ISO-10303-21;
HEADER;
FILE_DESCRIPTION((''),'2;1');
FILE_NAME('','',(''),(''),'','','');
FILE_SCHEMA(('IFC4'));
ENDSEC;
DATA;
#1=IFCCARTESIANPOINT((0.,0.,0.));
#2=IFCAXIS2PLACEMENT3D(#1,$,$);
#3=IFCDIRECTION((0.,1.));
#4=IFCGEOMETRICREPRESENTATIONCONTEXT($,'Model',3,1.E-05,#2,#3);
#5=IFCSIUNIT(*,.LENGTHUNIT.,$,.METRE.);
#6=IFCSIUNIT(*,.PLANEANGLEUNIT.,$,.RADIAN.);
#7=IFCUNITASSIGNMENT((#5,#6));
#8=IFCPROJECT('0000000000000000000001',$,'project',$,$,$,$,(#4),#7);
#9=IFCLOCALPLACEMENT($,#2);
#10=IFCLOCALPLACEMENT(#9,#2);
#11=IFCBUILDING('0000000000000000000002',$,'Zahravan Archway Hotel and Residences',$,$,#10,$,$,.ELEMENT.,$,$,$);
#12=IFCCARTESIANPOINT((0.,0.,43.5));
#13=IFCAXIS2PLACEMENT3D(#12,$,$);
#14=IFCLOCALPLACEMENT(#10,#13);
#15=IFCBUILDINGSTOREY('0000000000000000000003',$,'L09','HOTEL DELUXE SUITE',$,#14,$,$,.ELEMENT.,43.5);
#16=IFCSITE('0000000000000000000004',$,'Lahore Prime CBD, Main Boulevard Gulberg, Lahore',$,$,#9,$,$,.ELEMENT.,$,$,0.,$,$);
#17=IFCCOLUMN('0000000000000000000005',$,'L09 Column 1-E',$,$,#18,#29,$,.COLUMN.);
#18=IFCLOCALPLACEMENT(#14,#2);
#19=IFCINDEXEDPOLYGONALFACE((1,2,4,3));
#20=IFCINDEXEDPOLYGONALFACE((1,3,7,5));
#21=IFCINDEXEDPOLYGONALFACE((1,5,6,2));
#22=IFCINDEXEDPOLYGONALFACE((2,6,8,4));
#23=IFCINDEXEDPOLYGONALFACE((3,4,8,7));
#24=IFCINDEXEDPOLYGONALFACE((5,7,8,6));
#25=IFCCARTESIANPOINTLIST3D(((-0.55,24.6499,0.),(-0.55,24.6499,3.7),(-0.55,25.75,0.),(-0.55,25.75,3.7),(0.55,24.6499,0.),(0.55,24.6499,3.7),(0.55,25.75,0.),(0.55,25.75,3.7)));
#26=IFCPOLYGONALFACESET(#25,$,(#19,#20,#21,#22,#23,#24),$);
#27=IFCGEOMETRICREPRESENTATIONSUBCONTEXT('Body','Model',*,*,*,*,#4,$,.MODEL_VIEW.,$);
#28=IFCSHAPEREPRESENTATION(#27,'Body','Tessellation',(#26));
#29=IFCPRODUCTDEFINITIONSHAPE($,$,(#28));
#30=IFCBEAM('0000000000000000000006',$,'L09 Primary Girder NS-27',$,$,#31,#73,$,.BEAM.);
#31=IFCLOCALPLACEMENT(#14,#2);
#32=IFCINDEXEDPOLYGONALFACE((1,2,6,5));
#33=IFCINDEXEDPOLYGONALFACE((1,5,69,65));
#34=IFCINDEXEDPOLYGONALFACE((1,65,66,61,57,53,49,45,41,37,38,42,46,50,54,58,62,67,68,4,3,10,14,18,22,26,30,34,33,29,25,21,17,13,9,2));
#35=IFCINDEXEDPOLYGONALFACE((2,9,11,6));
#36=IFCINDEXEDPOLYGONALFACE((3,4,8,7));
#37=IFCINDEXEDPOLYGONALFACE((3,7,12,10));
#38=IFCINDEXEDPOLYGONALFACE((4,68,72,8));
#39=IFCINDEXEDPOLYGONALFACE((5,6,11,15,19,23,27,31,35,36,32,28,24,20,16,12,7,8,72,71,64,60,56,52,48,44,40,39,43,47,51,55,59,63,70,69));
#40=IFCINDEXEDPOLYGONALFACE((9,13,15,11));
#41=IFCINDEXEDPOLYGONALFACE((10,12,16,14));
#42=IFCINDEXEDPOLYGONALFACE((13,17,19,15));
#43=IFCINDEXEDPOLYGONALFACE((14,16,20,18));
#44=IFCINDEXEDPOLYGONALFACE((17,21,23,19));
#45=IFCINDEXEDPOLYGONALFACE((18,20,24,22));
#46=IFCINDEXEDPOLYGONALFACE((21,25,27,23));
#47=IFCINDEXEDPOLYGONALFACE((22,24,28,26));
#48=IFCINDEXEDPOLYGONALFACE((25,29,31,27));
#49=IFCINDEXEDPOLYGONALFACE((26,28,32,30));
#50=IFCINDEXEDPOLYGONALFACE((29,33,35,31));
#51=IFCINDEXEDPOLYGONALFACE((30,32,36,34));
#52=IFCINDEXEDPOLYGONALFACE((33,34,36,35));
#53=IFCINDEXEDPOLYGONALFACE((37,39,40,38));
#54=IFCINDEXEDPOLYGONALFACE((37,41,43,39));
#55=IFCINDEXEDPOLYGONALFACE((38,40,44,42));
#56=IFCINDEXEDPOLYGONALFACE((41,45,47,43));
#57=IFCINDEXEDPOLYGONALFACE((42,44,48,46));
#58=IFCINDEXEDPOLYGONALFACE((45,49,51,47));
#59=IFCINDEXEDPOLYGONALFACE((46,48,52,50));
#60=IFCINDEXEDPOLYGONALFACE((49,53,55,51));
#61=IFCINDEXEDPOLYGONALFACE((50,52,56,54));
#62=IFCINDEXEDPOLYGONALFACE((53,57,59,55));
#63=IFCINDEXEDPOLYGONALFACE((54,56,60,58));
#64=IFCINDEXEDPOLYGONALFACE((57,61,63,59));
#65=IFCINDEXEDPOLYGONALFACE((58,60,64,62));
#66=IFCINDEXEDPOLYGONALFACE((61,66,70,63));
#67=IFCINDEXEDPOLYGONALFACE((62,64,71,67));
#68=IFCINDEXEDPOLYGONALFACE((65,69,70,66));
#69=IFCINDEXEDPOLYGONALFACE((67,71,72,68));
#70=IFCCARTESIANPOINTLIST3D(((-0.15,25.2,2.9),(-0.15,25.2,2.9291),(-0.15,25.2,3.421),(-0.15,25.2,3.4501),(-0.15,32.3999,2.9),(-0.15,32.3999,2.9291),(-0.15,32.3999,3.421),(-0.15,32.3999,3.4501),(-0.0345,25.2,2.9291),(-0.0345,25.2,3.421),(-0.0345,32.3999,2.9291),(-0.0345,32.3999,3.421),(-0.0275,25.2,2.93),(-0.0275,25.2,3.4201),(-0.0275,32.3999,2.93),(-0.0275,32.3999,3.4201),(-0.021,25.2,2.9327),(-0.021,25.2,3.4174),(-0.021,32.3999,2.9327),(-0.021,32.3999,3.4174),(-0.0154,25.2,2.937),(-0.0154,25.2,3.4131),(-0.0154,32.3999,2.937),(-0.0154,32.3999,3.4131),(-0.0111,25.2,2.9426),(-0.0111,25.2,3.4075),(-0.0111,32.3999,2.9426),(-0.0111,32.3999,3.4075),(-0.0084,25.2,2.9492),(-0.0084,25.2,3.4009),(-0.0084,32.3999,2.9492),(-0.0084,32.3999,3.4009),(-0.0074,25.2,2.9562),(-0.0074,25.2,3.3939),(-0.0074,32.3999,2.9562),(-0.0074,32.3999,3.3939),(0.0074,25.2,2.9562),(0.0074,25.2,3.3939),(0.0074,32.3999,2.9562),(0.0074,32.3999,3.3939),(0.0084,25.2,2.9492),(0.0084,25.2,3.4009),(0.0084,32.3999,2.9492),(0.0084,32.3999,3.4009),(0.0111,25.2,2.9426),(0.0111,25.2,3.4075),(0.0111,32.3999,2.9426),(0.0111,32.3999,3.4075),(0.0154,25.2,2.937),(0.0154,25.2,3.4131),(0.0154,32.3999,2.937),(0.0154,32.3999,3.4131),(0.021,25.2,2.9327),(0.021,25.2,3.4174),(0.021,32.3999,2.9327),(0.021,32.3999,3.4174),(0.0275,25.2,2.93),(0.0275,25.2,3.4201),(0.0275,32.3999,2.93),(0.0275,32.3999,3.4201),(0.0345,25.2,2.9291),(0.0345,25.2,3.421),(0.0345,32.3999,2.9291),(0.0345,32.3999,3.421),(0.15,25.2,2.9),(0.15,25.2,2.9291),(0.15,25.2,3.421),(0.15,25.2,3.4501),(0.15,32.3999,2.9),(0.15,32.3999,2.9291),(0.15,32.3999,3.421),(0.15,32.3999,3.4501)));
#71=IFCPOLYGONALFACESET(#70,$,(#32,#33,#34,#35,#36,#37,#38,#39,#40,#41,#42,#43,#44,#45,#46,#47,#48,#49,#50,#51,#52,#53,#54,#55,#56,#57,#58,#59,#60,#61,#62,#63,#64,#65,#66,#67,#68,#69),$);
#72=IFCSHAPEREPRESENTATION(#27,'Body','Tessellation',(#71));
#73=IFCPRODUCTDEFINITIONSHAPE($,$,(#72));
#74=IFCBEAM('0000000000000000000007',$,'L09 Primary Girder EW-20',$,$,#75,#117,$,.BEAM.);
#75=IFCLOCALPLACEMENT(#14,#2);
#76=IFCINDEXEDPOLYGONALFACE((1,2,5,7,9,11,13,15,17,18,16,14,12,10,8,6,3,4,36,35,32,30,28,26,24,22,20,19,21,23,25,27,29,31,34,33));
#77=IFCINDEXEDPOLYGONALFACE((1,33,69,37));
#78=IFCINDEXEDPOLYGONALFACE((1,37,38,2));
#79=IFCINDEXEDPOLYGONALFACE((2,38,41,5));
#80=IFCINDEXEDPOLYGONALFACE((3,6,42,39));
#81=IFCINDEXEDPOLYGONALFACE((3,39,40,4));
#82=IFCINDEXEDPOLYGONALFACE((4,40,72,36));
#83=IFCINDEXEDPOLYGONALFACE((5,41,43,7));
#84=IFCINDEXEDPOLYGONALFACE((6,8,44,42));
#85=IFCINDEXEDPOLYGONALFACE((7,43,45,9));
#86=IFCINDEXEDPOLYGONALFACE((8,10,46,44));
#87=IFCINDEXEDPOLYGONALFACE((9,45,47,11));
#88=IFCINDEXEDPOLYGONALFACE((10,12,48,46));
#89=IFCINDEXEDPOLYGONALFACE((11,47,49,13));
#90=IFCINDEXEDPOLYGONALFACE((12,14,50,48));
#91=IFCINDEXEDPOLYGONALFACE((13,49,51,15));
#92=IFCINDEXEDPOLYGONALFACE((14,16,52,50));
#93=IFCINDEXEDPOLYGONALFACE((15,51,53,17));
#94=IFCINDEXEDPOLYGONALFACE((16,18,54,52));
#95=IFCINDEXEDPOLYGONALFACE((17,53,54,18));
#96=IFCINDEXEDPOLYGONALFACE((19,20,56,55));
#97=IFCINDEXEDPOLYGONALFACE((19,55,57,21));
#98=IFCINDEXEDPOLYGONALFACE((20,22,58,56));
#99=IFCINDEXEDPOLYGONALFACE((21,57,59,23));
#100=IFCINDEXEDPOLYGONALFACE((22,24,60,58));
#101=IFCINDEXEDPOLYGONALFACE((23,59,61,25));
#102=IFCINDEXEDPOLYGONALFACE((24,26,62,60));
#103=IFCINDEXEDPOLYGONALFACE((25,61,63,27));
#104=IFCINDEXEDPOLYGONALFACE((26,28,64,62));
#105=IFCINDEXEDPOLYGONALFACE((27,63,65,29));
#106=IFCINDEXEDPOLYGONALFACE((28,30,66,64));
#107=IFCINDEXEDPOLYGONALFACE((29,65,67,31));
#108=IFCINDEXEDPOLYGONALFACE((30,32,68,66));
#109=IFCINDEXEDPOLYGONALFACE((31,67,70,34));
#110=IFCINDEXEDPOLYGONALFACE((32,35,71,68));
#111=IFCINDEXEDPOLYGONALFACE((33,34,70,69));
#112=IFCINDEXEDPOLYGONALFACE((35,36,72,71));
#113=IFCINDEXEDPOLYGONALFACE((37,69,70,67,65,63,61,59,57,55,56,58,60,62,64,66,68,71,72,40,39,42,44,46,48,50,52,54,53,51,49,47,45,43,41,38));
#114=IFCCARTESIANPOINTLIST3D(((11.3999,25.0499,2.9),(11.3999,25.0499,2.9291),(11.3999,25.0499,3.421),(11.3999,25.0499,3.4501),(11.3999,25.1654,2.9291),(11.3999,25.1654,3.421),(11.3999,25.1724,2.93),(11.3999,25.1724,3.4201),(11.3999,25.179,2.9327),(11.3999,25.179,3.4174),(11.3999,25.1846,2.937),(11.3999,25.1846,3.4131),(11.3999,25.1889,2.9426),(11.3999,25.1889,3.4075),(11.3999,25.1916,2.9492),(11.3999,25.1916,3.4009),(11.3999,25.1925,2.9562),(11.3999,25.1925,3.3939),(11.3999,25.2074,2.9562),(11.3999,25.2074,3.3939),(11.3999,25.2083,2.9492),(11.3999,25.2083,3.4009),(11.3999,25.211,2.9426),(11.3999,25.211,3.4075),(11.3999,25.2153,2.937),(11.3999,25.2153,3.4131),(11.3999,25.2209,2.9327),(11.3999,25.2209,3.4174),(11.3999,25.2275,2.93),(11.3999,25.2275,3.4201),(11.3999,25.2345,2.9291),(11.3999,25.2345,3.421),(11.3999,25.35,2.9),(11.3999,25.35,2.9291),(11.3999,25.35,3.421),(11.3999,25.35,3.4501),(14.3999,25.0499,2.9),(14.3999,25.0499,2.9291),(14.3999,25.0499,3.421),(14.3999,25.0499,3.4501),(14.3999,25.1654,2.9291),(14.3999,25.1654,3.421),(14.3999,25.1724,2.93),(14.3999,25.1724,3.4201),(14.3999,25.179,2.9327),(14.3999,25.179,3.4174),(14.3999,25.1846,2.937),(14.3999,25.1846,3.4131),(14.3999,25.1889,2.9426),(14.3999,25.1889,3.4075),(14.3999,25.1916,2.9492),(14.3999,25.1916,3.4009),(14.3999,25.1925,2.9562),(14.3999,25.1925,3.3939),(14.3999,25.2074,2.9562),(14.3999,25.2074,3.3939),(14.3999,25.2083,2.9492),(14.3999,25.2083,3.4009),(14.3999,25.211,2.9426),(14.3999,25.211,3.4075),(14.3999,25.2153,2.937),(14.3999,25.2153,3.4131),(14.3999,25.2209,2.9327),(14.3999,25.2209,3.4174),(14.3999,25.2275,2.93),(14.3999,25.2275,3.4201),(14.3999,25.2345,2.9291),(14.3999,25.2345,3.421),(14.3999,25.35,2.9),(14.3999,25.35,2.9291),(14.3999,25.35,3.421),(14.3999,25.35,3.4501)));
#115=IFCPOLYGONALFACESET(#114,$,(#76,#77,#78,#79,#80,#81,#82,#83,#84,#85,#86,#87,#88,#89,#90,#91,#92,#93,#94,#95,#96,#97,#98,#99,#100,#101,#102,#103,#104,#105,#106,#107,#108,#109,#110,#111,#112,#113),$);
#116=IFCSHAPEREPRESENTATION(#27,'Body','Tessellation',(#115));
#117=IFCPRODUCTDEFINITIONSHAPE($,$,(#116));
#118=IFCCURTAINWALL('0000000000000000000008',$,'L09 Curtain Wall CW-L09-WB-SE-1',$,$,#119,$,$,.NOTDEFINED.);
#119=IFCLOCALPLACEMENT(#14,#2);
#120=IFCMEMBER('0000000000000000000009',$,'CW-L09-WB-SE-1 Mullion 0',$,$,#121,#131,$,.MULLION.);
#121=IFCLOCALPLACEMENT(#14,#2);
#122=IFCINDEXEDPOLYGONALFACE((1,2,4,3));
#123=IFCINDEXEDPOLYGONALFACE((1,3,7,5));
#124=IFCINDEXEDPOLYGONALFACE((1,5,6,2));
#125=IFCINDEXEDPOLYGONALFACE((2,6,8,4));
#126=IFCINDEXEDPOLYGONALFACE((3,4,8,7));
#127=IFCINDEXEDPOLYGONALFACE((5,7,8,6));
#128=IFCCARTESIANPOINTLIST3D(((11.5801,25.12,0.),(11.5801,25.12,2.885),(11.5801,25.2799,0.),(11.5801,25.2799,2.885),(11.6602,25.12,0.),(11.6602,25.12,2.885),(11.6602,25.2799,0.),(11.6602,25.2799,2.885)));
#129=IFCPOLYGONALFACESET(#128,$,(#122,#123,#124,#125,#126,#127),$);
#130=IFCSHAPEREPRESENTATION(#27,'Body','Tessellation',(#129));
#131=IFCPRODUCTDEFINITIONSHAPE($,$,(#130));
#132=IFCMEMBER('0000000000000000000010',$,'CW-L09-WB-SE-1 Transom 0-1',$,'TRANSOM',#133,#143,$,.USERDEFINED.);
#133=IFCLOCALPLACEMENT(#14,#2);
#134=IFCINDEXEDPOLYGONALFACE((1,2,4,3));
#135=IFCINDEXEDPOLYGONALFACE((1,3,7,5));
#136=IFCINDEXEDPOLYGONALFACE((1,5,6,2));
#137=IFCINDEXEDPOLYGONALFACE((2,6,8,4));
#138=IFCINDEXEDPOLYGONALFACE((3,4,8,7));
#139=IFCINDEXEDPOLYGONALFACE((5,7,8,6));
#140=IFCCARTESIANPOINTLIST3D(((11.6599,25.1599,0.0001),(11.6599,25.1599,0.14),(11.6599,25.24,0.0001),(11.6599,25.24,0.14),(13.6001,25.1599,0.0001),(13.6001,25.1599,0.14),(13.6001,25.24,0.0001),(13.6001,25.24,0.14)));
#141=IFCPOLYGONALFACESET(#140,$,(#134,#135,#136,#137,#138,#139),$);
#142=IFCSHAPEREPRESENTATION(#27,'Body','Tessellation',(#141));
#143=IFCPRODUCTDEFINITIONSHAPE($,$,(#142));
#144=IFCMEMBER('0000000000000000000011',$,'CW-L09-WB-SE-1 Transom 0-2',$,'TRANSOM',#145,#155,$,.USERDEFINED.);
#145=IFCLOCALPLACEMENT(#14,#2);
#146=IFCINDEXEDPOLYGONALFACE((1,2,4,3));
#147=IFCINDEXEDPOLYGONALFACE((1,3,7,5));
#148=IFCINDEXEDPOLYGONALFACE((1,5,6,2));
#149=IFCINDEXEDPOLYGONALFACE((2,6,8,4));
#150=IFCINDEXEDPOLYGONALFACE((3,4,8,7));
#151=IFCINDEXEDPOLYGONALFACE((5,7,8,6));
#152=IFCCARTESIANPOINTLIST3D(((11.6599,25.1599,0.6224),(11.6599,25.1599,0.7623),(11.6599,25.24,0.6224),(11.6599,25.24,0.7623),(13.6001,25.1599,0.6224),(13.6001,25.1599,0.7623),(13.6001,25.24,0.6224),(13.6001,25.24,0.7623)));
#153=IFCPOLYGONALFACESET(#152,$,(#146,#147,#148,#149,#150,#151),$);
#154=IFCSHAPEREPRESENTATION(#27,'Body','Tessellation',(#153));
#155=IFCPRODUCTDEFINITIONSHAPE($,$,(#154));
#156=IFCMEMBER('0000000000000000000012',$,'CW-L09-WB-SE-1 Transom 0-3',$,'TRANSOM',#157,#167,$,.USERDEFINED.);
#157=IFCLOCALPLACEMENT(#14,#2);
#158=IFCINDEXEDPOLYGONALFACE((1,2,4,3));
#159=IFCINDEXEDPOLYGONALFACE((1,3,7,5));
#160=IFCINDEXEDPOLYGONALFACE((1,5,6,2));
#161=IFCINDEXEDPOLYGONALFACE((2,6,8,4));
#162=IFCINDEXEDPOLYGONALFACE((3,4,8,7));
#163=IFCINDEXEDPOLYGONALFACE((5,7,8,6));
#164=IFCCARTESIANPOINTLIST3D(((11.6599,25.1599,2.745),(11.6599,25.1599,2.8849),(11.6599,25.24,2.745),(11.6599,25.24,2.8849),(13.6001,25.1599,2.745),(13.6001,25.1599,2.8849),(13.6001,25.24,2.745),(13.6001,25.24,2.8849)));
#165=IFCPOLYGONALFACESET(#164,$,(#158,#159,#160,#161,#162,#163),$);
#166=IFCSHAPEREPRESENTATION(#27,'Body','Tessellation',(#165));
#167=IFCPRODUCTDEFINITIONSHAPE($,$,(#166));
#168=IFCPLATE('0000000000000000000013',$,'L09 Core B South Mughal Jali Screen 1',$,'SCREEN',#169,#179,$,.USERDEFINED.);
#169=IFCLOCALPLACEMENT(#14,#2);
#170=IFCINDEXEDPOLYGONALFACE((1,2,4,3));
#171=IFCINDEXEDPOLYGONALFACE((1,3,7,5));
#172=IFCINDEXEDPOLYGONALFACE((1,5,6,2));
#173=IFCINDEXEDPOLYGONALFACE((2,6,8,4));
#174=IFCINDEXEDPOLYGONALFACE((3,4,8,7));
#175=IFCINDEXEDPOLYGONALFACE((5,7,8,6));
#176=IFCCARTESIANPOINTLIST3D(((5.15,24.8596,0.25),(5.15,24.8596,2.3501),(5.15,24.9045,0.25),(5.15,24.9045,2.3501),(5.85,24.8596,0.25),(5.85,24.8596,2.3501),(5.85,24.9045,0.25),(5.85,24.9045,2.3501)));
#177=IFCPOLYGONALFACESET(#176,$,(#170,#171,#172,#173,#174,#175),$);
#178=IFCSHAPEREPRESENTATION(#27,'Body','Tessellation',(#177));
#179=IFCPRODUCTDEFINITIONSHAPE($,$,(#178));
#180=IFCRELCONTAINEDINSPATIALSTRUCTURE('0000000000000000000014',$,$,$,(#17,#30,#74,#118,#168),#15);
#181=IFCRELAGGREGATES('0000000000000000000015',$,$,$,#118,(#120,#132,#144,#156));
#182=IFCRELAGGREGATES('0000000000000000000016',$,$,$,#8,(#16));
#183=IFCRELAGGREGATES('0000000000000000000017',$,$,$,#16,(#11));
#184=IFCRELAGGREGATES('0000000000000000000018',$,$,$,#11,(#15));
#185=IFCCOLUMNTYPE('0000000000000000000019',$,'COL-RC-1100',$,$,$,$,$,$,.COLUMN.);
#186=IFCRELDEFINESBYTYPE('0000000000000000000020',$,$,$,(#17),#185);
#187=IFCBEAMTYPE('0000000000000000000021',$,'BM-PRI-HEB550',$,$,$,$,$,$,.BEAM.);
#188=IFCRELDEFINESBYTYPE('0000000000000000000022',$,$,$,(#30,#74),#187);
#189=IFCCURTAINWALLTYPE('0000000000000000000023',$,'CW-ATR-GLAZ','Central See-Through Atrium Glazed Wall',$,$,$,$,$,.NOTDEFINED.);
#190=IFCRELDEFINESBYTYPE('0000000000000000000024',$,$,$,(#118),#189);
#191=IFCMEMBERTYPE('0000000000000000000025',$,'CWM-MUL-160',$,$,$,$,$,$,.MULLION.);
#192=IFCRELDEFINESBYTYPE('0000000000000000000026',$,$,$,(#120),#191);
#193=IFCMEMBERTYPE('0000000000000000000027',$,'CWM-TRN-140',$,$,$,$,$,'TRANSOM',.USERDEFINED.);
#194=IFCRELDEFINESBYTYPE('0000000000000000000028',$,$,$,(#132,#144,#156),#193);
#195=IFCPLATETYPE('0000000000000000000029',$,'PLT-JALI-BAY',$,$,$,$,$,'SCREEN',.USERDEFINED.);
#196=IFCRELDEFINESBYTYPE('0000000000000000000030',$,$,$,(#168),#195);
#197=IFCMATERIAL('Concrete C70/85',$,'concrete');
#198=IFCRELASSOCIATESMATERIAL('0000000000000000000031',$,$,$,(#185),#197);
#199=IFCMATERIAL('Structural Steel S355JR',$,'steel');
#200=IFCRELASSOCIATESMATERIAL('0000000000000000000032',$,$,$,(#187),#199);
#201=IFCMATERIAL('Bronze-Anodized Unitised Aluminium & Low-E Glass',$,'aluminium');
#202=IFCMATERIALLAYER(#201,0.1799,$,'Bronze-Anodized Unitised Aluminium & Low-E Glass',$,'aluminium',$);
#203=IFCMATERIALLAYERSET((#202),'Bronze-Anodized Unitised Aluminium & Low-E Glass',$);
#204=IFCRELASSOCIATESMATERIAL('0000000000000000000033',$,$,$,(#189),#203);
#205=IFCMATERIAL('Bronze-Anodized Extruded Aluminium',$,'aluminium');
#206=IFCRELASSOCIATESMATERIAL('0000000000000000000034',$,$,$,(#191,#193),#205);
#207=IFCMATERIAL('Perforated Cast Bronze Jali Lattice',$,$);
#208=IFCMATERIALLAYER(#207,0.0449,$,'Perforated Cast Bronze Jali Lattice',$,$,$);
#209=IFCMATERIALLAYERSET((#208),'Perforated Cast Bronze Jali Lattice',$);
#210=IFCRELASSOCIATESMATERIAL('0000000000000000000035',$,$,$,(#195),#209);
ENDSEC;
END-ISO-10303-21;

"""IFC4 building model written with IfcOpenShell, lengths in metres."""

from ifc_helpers import new_model, si_unit, direction, frame, origin, origin_2d, place, context, subcontext, project, spatial, rectangle, i_section, extrude, source, transform, mapped, material, layer, layer_set, material_profile, profile_set, type_object, type_shapes, element, aggregate, save


model = new_model("IFC4")

# Units and contexts
model_context = context("Model", 3, precision=1e-05, world=origin(), true_north=direction((0.0, 1.0)))
body_context = subcontext(model_context, "Body", "Model", "MODEL_VIEW")
ifc_project = project(units=[si_unit("LENGTHUNIT", "METRE"), si_unit("PLANEANGLEUNIT", "RADIAN")], contexts=[model_context])

# Site, building, storey
site_placement = place(None, origin())
site = spatial("IfcSite", under=ifc_project, at=site_placement, Name="Lahore Prime CBD, Main Boulevard Gulberg, Lahore", CompositionType="ELEMENT", RefElevation=0.0)
building_placement = place(site_placement, origin())
building = spatial("IfcBuilding", under=site, at=building_placement, Name="Zahravan Archway Hotel and Residences", CompositionType="ELEMENT")
storey_placement = place(building_placement, frame((0.0, 0.0, 43.5)))
storey = spatial("IfcBuildingStorey", under=building, at=storey_placement, Name="L09", Description="HOTEL DELUXE SUITE", CompositionType="ELEMENT", Elevation=43.5)

# Column
ifc_material_1 = material(Name="Concrete C70/85", Category="concrete")
ifc_material_profile_1 = material_profile(ifc_material_1, rectangle(XDim=1.1001, YDim=1.1001, at=origin_2d()), Name="RC 1100x1100", Category="concrete")
ifc_profile_set_1 = profile_set([ifc_material_profile_1], Name="Concrete C70/85")
column_type = type_object("IfcColumnType", Name="COL-RC-1100", PredefinedType="COLUMN", material=ifc_profile_set_1)
shared_shape_1 = source(origin(), body_context, "Body", "SweptSolid", [
    extrude(rectangle(XDim=1.1001, YDim=1.1001, at=origin_2d()), origin(), (0.0, 0.0, 1.0), 3.7),
])
column_placement = place(storey_placement, frame((0.0, 25.2, 0.0), z_axis=(0.0, 0.0, 1.0), x_axis=(1.0, 0.0, 0.0)))
element("IfcColumn", 1, at=column_placement, inside=storey, type_object=column_type, Name="L09 Column 1-E", PredefinedType="COLUMN", context=body_context, shape_type="MappedRepresentation", body=[
    mapped(shared_shape_1, transform((0.0, 0.0, 0.0), scale=1.0)),
])

# Beams
ifc_material_2 = material(Name="Structural Steel S355JR", Category="steel")
ifc_material_profile_2 = material_profile(ifc_material_2, i_section(OverallWidth=0.3, OverallDepth=0.55, WebThickness=0.0149, FlangeThickness=0.0291, FilletRadius=0.0271, at=origin_2d()), Name="HEB 550", Category="steel")
ifc_profile_set_2 = profile_set([ifc_material_profile_2], Name="Structural Steel S355JR")
beam_type = type_object("IfcBeamType", Name="BM-PRI-HEB550", PredefinedType="BEAM", material=ifc_profile_set_2)
shared_shape_2 = source(origin(), body_context, "Body", "SweptSolid", [
    extrude(i_section(OverallWidth=0.3, OverallDepth=0.55, WebThickness=0.0149, FlangeThickness=0.0291, FilletRadius=0.0271, at=origin_2d()), origin(), (0.0, 0.0, 1.0), 7.2),
])
beam_1_placement = place(storey_placement, frame((0.0, 25.2, 3.175), z_axis=(0.0, 1.0, 0.0), x_axis=(-1.0, 0.0, 0.0)))
element("IfcBeam", 2, at=beam_1_placement, inside=storey, type_object=beam_type, Name="L09 Primary Girder NS-27", PredefinedType="BEAM", context=body_context, shape_type="MappedRepresentation", body=[
    mapped(shared_shape_2, transform((0.0, 0.0, 0.0), scale=1.0)),
])
shared_shape_3 = source(origin(), body_context, "Body", "SweptSolid", [
    extrude(i_section(OverallWidth=0.3, OverallDepth=0.55, WebThickness=0.0149, FlangeThickness=0.0291, FilletRadius=0.0271, at=origin_2d()), origin(), (0.0, 0.0, 1.0), 3.0),
])
beam_2_placement = place(storey_placement, frame((11.3999, 25.2, 3.175), z_axis=(1.0, 0.0, 0.0), x_axis=(0.0, 1.0, 0.0)))
element("IfcBeam", 3, at=beam_2_placement, inside=storey, type_object=beam_type, Name="L09 Primary Girder EW-20", PredefinedType="BEAM", context=body_context, shape_type="MappedRepresentation", body=[
    mapped(shared_shape_3, transform((0.0, 0.0, 0.0), scale=1.0)),
])

# Curtain wall, members
ifc_material_3 = material(Name="Bronze-Anodized Unitised Aluminium & Low-E Glass", Category="aluminium")
ifc_layer_1 = layer(ifc_material_3, 0.1799, Name="Bronze-Anodized Unitised Aluminium & Low-E Glass", Category="aluminium")
ifc_layer_set_1 = layer_set([ifc_layer_1], Name="Bronze-Anodized Unitised Aluminium & Low-E Glass")
curtain_wall_type = type_object("IfcCurtainWallType", Name="CW-ATR-GLAZ", Description="Central See-Through Atrium Glazed Wall", PredefinedType="NOTDEFINED", material=ifc_layer_set_1)
curtain_wall_placement = place(storey_placement, origin())
curtain_wall = element("IfcCurtainWall", 4, at=curtain_wall_placement, inside=storey, type_object=curtain_wall_type, Name="L09 Curtain Wall CW-L09-WB-SE-1", PredefinedType="NOTDEFINED")
ifc_material_4 = material(Name="Bronze-Anodized Extruded Aluminium", Category="aluminium")
ifc_material_profile_3 = material_profile(ifc_material_4, rectangle(XDim=0.0801, YDim=0.1599, at=origin_2d()), Name="MUL 80x160", Category="aluminium")
ifc_profile_set_3 = profile_set([ifc_material_profile_3], Name="Bronze-Anodized Extruded Aluminium")
member_type_1 = type_object("IfcMemberType", Name="CWM-MUL-160", PredefinedType="MULLION", material=ifc_profile_set_3)
shared_shape_4 = source(origin(), body_context, "Body", "SweptSolid", [
    extrude(rectangle(XDim=0.0801, YDim=0.1599, at=origin_2d()), origin(), (0.0, 0.0, 1.0), 2.885),
])
member_1_placement = place(storey_placement, frame((11.6201, 25.2, 0.0), z_axis=(0.0, 0.0, 1.0), x_axis=(1.0, 0.0, 0.0)))
member_1 = element("IfcMember", 5, at=member_1_placement, type_object=member_type_1, Name="CW-L09-WB-SE-1 Mullion 0", PredefinedType="MULLION", context=body_context, shape_type="MappedRepresentation", body=[
    mapped(shared_shape_4, transform((0.0, 0.0, 0.0), scale=1.0)),
])
ifc_material_profile_4 = material_profile(ifc_material_4, rectangle(XDim=0.0801, YDim=0.1399, at=origin_2d()), Name="TRN 80x140", Category="aluminium")
ifc_profile_set_4 = profile_set([ifc_material_profile_4], Name="Bronze-Anodized Extruded Aluminium")
member_type_2 = type_object("IfcMemberType", Name="CWM-TRN-140", ElementType="TRANSOM", PredefinedType="USERDEFINED", material=ifc_profile_set_4)
shared_shape_5 = source(origin(), body_context, "Body", "SweptSolid", [
    extrude(rectangle(XDim=0.0801, YDim=0.1399, at=origin_2d()), origin(), (0.0, 0.0, 1.0), 1.9402),
])
member_2_placement = place(storey_placement, frame((11.6599, 25.2, 0.0701), z_axis=(1.0, 0.0, 0.0), x_axis=(0.0, 1.0, 0.0)))
member_2 = element("IfcMember", 6, at=member_2_placement, type_object=member_type_2, Name="CW-L09-WB-SE-1 Transom 0-1", ObjectType="TRANSOM", PredefinedType="USERDEFINED", context=body_context, shape_type="MappedRepresentation", body=[
    mapped(shared_shape_5, transform((0.0, 0.0, 0.0), scale=1.0)),
])
member_3_placement = place(storey_placement, frame((11.6599, 25.2, 0.6924), z_axis=(1.0, 0.0, 0.0), x_axis=(0.0, 1.0, 0.0)))
member_3 = element("IfcMember", 7, at=member_3_placement, type_object=member_type_2, Name="CW-L09-WB-SE-1 Transom 0-2", ObjectType="TRANSOM", PredefinedType="USERDEFINED", context=body_context, shape_type="MappedRepresentation", body=[
    mapped(shared_shape_5, transform((0.0, 0.0, 0.0), scale=1.0)),
])
member_4_placement = place(storey_placement, frame((11.6599, 25.2, 2.8149), z_axis=(1.0, 0.0, 0.0), x_axis=(0.0, 1.0, 0.0)))
member_4 = element("IfcMember", 8, at=member_4_placement, type_object=member_type_2, Name="CW-L09-WB-SE-1 Transom 0-3", ObjectType="TRANSOM", PredefinedType="USERDEFINED", context=body_context, shape_type="MappedRepresentation", body=[
    mapped(shared_shape_5, transform((0.0, 0.0, 0.0), scale=1.0)),
])

# Plate
ifc_material_5 = material(Name="Perforated Cast Bronze Jali Lattice")
ifc_layer_2 = layer(ifc_material_5, 0.0449, Name="Perforated Cast Bronze Jali Lattice")
ifc_layer_set_2 = layer_set([ifc_layer_2], Name="Perforated Cast Bronze Jali Lattice")
plate_type_1 = type_object("IfcPlateType", Name="PLT-JALI-BAY", ElementType="SCREEN", PredefinedType="USERDEFINED", material=ifc_layer_set_2)
shared_shape_6 = source(origin(), body_context, "Body", "SweptSolid", [
    extrude(rectangle(XDim=0.7, YDim=0.0449, at=origin_2d()), origin(), (0.0, 0.0, 1.0), 2.1001),
])
type_shapes(plate_type_1, [shared_shape_6])
for number, where, z_axis, x_axis, name in (
    (9, (5.5, 24.8821, 0.25), (0.0, 0.0, 1.0), (1.0, 0.0, 0.0), "L09 Core B South Mughal Jali Screen 1"),
):
    element("IfcPlate", number, at=place(storey_placement, frame(where, z_axis=z_axis, x_axis=x_axis)), inside=storey, type_object=plate_type_1, Name=name, ObjectType="SCREEN", PredefinedType="USERDEFINED", context=body_context, shape_type="MappedRepresentation", body=[
        mapped(shared_shape_6, transform((0.0, 0.0, 0.0), scale=1.0)),
    ])

aggregate(curtain_wall, [member_1, member_2, member_3, member_4])

save(model, "model.ifc")
